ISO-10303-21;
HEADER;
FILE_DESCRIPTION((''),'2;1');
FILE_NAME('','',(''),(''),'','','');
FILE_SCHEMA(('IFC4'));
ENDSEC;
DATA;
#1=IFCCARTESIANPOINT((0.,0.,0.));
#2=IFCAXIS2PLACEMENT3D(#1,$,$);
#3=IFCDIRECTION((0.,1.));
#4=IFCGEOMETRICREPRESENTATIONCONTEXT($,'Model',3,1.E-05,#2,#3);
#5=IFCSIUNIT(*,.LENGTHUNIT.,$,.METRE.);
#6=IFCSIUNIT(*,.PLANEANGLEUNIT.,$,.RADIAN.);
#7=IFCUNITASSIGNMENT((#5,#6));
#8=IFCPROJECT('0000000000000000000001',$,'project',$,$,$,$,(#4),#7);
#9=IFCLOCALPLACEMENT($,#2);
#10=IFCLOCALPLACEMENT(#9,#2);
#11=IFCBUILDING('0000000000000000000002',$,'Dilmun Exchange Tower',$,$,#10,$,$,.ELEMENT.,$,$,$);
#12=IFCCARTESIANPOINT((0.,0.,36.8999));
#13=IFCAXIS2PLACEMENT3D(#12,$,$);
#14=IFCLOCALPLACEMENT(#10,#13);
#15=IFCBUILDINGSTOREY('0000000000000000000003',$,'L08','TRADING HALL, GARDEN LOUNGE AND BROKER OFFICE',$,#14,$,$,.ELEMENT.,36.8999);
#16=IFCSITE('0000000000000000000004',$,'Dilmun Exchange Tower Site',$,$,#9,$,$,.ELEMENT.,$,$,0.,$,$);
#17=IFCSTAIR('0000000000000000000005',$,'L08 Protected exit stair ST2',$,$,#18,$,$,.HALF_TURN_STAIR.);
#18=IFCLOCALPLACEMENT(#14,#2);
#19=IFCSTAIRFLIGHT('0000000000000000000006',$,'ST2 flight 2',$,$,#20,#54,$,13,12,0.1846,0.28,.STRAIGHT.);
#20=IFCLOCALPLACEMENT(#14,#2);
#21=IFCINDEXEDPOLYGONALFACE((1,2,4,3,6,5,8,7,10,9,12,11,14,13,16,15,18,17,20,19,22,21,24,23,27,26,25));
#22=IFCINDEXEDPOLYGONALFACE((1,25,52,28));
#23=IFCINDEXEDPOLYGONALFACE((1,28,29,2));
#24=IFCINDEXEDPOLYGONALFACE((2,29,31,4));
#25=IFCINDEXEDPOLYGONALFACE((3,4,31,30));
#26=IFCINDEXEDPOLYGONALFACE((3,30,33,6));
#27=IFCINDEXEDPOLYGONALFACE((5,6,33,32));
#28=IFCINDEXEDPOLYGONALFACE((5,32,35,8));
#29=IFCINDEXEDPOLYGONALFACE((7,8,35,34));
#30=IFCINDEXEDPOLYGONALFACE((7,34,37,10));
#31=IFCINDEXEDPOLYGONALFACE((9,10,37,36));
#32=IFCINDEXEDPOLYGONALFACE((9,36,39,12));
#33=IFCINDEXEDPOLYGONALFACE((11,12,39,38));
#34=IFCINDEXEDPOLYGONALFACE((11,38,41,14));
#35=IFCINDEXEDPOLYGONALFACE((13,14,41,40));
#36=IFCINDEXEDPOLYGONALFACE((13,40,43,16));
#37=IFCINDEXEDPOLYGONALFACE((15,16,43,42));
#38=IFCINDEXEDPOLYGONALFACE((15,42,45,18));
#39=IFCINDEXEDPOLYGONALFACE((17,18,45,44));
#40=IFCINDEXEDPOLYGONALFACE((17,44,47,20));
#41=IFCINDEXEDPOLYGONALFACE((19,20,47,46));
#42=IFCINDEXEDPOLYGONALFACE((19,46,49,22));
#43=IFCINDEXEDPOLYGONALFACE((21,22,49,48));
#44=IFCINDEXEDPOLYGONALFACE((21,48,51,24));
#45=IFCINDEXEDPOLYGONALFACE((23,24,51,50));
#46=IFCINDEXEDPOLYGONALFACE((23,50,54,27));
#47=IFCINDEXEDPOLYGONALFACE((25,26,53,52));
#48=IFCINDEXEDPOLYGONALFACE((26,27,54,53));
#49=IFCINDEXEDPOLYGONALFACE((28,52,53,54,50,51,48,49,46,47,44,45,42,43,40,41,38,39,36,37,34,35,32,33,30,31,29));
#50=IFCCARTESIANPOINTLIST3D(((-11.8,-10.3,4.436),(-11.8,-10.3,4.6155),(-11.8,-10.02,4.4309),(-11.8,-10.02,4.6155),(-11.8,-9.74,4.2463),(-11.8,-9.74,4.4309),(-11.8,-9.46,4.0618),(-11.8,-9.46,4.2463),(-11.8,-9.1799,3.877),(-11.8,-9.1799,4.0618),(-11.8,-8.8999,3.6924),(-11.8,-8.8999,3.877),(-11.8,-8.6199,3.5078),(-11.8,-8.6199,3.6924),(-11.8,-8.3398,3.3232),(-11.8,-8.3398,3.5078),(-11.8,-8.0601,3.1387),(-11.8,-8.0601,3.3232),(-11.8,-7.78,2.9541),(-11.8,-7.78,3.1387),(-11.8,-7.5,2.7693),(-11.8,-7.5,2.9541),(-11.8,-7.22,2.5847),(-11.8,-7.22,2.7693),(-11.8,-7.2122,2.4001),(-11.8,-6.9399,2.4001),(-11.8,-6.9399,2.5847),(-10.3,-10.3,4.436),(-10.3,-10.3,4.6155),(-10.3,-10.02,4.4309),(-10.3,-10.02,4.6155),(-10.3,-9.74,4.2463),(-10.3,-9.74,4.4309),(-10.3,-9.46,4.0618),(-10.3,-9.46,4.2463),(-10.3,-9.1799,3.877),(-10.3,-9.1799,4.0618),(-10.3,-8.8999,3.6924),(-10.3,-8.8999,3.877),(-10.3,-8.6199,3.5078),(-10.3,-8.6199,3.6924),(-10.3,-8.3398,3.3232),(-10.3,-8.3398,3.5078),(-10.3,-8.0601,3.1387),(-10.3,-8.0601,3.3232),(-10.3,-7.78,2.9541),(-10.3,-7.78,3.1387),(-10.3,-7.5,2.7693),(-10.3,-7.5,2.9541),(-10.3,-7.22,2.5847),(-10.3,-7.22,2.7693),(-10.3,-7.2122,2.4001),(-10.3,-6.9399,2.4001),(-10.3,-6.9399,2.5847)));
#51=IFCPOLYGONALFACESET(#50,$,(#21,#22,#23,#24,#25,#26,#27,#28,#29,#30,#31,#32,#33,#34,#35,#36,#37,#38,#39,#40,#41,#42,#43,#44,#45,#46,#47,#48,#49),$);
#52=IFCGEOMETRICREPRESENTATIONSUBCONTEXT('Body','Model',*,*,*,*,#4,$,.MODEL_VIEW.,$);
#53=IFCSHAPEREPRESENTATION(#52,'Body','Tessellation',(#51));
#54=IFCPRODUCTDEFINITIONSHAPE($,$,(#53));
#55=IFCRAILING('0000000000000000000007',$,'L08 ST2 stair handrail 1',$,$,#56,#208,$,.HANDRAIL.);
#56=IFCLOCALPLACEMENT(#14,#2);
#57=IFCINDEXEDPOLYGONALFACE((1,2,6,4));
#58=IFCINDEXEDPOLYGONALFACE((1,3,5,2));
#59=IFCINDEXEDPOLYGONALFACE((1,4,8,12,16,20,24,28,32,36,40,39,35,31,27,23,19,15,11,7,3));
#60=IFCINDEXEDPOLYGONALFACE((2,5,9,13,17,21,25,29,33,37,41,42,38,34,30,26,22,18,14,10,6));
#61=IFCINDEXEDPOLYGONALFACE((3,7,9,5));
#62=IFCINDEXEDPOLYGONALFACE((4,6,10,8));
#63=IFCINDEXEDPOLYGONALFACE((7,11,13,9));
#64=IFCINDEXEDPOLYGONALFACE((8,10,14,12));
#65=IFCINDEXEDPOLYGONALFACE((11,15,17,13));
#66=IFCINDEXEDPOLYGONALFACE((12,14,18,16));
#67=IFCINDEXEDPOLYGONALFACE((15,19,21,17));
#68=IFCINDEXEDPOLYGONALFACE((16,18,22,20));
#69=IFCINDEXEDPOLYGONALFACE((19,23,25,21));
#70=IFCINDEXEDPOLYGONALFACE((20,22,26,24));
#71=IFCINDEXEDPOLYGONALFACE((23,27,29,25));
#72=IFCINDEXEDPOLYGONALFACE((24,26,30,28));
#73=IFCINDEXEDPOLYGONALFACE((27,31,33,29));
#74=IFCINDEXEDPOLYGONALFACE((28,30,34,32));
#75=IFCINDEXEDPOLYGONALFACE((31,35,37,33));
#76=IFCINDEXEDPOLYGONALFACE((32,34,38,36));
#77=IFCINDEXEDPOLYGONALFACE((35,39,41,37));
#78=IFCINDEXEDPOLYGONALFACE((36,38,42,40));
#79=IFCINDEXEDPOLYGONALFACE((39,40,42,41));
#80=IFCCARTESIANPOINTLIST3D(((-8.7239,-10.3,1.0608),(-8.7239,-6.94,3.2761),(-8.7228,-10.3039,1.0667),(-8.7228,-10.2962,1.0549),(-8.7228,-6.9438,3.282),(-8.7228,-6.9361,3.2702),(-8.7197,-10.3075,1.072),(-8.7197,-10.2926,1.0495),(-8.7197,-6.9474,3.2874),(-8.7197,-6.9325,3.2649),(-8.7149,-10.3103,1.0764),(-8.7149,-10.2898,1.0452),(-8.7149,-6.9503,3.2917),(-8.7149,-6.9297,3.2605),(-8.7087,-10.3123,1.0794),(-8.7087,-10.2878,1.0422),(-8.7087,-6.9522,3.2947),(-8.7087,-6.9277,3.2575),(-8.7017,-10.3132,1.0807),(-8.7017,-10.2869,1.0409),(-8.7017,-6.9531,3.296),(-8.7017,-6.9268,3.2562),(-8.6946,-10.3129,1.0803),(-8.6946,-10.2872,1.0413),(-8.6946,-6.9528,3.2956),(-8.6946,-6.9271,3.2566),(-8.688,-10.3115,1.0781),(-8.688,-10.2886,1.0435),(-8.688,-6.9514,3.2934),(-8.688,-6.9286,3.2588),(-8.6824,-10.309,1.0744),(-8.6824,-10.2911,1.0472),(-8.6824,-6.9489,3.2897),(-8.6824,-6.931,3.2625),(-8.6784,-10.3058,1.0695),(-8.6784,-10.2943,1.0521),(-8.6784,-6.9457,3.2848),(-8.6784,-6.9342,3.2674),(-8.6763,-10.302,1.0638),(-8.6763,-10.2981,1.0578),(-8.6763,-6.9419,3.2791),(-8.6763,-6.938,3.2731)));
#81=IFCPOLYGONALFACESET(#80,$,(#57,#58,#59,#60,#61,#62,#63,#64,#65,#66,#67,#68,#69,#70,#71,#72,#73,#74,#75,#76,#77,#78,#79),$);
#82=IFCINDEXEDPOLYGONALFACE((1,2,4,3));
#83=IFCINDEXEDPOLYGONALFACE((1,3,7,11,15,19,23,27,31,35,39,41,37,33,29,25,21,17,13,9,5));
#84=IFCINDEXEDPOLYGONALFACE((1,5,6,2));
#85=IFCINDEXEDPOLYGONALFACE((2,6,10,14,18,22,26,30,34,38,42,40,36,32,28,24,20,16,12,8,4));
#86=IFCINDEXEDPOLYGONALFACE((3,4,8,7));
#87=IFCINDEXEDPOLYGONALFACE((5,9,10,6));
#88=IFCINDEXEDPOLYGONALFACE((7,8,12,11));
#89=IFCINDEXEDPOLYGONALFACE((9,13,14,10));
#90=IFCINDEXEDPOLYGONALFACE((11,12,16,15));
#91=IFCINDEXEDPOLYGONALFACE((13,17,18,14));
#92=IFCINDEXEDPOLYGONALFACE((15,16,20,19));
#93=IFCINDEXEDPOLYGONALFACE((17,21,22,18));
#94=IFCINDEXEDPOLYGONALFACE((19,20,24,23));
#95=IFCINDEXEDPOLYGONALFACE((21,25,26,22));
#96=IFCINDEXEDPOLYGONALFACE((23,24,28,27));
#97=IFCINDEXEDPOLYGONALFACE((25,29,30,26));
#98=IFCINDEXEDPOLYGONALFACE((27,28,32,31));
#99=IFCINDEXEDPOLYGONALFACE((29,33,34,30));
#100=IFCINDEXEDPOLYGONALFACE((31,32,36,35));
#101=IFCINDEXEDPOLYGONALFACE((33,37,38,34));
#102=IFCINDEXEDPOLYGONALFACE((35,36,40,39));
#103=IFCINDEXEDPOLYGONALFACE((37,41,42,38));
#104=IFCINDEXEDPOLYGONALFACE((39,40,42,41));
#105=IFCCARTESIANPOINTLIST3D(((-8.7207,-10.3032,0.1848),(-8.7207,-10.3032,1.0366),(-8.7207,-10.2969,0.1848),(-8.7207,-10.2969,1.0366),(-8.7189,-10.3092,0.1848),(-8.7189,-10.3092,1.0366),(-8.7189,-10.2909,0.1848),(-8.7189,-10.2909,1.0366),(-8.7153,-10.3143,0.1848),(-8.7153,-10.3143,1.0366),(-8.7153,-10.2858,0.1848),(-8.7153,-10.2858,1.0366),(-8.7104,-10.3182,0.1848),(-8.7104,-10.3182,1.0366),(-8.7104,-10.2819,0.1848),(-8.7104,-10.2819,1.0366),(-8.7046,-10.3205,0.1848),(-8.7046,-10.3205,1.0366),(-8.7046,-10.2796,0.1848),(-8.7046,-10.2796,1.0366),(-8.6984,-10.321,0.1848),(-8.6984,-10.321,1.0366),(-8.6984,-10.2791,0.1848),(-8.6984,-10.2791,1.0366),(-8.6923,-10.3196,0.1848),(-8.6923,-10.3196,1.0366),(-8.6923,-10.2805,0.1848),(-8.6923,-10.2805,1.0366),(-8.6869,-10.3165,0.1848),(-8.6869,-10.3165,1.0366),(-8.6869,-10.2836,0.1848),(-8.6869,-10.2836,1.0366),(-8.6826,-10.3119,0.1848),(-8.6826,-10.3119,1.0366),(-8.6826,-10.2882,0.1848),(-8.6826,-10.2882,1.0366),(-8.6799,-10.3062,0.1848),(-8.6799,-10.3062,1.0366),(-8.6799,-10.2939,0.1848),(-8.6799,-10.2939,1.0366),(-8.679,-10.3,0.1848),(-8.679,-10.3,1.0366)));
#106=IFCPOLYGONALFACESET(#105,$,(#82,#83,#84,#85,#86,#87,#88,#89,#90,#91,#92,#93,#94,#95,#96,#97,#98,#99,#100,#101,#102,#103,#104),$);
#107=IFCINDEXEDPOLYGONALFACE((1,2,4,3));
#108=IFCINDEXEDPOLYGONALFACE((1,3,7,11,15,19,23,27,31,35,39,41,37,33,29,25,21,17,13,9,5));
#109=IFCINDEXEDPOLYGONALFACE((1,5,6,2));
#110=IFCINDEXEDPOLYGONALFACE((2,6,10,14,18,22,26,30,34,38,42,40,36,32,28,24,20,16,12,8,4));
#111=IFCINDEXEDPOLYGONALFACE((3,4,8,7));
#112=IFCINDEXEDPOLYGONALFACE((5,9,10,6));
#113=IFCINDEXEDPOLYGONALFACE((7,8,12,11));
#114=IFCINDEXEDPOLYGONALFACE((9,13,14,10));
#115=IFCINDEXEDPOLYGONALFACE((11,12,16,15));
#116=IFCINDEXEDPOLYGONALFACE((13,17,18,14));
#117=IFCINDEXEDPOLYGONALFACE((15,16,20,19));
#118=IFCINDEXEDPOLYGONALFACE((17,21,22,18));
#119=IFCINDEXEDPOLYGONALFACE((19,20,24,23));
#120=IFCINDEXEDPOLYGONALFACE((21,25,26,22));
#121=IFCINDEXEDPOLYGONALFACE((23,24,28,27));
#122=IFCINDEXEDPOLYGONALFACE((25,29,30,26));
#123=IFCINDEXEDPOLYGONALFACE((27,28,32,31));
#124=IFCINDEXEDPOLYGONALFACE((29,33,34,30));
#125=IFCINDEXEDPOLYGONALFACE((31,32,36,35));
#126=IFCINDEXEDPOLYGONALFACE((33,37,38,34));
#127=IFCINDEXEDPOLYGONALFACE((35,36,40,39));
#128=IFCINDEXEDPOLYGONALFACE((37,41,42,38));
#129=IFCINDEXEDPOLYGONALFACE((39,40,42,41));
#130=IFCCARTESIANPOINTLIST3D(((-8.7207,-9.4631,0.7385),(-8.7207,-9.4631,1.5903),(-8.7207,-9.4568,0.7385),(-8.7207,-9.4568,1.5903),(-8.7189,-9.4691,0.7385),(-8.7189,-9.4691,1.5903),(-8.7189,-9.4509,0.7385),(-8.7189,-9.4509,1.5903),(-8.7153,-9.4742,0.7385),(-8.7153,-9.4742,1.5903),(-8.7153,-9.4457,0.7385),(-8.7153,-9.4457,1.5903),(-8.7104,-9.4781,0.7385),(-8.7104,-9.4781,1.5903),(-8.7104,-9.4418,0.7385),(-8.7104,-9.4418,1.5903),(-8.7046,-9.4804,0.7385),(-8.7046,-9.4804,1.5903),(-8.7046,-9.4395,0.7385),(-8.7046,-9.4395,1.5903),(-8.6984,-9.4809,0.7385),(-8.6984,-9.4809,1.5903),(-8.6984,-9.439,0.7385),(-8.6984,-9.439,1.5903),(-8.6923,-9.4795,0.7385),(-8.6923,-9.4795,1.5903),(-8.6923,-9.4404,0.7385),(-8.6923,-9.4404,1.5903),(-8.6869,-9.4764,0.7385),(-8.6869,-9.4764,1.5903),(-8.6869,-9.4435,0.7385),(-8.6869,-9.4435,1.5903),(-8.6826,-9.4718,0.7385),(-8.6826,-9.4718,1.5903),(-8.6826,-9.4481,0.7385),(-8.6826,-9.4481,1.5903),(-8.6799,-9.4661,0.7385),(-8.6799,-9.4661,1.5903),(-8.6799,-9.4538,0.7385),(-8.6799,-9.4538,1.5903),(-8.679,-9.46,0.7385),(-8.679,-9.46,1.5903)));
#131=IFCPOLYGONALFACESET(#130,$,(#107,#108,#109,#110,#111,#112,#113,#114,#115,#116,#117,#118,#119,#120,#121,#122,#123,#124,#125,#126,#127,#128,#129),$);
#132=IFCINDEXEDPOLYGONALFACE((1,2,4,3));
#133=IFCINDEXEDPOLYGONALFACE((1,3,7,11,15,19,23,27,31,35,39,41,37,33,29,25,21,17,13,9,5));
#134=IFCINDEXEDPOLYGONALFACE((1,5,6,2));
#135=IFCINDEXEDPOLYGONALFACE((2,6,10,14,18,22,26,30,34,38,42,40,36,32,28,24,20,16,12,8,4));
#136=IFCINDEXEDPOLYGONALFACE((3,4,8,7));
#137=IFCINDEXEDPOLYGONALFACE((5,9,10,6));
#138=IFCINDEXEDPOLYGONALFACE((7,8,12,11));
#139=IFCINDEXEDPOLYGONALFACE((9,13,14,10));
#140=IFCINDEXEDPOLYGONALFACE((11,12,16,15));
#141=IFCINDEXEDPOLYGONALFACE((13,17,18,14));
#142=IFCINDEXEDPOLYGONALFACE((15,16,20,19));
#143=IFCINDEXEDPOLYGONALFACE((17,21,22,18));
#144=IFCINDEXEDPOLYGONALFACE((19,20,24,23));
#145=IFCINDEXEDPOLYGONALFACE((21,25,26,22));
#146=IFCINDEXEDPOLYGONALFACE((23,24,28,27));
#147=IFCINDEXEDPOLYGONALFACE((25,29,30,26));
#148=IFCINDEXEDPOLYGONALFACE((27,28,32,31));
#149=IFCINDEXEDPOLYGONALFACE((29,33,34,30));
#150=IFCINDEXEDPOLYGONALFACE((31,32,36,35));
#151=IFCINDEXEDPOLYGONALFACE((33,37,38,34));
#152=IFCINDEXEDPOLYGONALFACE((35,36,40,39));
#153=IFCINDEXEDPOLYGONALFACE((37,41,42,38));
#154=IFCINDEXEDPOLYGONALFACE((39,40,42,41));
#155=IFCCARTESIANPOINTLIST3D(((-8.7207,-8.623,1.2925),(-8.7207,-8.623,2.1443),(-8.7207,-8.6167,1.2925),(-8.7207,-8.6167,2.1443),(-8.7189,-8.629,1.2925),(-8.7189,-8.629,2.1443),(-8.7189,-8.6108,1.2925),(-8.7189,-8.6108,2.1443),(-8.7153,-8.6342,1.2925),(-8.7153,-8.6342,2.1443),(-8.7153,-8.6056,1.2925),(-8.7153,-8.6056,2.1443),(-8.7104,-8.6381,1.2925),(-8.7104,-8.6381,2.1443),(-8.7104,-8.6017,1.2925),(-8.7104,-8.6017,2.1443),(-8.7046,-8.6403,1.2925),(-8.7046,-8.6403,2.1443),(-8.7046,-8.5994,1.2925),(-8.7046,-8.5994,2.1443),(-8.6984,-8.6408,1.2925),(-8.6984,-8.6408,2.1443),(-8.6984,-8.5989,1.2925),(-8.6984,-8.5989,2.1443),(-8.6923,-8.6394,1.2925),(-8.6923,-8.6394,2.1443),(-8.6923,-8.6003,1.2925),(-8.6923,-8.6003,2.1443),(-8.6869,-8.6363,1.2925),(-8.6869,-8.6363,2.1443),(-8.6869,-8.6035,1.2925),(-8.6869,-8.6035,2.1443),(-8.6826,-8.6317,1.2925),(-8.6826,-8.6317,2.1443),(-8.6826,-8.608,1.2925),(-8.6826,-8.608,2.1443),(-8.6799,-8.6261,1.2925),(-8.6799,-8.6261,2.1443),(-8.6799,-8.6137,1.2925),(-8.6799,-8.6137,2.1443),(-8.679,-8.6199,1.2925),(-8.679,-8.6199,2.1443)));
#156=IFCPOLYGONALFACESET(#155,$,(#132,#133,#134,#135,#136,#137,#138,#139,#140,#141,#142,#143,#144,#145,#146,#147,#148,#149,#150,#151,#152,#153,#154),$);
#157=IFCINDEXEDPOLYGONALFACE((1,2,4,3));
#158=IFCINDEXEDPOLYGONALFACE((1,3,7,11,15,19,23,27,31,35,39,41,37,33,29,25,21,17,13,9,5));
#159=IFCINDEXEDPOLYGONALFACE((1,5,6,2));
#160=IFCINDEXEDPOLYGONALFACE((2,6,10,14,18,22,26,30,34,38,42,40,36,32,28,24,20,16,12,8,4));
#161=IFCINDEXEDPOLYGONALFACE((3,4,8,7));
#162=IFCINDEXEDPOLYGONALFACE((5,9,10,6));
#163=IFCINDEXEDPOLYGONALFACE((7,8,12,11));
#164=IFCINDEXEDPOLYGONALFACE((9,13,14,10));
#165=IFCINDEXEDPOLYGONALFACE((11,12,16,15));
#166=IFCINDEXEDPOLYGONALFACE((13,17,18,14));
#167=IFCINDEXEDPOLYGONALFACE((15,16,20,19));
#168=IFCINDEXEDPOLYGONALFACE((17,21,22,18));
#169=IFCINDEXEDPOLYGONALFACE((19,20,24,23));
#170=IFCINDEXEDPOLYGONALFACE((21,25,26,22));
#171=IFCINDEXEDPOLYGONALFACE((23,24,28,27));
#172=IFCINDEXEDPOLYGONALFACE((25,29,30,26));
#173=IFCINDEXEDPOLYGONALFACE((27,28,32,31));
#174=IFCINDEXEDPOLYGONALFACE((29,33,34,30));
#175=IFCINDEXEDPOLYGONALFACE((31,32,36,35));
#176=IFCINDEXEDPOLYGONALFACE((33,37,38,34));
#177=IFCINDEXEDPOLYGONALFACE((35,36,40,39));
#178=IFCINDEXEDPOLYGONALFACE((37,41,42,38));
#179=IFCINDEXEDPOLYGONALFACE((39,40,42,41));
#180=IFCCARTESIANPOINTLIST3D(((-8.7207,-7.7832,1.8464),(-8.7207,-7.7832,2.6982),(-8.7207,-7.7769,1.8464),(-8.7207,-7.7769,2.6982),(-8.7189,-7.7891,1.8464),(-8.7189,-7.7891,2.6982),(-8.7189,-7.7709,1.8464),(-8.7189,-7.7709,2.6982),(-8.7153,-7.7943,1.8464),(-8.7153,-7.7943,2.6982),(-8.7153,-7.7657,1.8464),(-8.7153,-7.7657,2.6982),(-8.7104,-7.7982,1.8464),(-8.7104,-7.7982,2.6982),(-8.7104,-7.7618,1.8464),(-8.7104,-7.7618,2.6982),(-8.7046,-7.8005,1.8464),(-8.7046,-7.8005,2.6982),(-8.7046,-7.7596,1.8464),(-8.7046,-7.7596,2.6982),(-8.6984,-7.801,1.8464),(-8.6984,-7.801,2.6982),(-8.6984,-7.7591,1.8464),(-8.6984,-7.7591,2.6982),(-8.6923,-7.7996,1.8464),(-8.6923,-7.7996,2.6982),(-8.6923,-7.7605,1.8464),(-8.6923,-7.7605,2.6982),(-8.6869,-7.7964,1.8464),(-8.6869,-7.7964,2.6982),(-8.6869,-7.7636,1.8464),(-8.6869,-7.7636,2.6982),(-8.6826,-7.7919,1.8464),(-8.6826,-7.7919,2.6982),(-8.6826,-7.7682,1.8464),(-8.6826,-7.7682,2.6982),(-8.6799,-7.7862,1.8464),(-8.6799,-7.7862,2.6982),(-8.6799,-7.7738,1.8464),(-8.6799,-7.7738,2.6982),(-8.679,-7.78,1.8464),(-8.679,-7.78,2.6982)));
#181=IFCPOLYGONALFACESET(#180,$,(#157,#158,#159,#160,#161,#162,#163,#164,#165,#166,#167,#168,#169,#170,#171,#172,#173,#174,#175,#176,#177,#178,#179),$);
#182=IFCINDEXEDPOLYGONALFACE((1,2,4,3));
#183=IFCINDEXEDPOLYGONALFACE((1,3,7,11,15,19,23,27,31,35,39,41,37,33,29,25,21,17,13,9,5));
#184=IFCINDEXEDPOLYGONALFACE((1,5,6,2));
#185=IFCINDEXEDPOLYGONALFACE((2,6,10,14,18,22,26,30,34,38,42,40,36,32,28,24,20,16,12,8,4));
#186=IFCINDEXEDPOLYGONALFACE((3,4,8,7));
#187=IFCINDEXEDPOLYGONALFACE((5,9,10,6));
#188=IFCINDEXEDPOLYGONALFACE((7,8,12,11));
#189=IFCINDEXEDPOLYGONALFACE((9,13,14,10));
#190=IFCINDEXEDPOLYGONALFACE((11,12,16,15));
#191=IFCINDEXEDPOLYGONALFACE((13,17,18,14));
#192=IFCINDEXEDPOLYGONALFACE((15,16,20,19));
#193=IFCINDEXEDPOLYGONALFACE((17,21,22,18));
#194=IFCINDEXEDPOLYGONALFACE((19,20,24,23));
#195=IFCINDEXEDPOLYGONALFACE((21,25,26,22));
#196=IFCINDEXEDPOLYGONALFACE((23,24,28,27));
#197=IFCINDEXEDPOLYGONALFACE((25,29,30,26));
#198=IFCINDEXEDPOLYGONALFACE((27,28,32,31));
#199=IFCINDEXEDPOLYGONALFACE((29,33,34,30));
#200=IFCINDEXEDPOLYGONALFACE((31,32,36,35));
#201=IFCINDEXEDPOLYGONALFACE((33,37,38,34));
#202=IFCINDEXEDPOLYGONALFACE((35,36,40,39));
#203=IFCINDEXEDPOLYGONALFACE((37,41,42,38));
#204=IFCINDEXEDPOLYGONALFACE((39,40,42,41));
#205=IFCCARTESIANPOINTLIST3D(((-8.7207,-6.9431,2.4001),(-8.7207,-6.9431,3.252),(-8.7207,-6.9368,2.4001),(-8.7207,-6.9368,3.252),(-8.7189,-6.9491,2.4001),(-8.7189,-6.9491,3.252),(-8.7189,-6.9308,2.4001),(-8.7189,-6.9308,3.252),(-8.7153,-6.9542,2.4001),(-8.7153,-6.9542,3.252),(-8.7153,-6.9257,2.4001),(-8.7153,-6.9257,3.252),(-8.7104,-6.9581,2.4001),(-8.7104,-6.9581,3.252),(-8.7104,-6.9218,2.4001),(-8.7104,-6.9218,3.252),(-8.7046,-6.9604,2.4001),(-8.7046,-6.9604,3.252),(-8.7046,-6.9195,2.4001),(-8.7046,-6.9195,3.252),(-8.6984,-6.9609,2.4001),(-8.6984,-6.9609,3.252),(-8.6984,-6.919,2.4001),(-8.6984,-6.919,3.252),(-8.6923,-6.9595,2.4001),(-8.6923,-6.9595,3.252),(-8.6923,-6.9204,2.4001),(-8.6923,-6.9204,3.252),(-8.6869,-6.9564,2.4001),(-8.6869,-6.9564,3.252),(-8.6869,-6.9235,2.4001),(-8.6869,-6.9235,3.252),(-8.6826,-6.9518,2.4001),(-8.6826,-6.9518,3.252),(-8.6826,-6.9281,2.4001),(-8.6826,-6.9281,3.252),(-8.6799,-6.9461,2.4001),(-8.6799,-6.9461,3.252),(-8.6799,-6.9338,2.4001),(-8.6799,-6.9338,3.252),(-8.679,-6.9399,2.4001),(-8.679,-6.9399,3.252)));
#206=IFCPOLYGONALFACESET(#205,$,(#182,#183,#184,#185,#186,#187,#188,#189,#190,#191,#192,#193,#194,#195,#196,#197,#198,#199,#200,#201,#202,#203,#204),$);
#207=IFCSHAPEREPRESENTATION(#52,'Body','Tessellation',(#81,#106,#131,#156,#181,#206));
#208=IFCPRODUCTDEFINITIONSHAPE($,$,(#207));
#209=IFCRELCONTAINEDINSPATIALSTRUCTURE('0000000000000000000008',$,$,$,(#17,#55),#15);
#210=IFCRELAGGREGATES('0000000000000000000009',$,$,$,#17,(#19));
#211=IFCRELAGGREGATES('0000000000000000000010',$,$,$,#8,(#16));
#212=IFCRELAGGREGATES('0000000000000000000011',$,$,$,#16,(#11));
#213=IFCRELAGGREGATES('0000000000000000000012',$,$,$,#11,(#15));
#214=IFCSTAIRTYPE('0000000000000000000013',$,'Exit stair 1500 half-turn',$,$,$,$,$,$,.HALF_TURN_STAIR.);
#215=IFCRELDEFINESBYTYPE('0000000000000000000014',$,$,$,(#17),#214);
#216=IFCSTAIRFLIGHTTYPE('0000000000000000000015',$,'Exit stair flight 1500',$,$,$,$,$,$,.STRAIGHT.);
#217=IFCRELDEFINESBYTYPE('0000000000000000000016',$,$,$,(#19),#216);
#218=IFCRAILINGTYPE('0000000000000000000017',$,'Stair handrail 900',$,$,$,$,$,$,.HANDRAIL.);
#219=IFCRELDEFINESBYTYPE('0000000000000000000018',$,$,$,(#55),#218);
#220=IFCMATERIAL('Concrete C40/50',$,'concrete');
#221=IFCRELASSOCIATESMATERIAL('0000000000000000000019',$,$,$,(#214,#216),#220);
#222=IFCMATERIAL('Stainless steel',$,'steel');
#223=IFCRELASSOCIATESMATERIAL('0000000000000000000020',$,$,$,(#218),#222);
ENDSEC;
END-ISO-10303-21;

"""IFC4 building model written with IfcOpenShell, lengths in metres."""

from ifc_helpers import new_model, si_unit, direction, frame, origin, origin_2d, place, context, subcontext, project, spatial, polyline, circle, outline, extrude, material, type_object, element, aggregate, save


model = new_model("IFC4")

# Units and contexts
model_context = context("Model", 3, precision=1e-05, world=origin(), true_north=direction((0.0, 1.0)))
body_context = subcontext(model_context, "Body", "Model", "MODEL_VIEW")
ifc_project = project(units=[si_unit("LENGTHUNIT", "METRE"), si_unit("PLANEANGLEUNIT", "RADIAN")], contexts=[model_context])

# Site, building, storey
site_placement = place(None, origin())
site = spatial("IfcSite", under=ifc_project, at=site_placement, Name="Dilmun Exchange Tower Site", CompositionType="ELEMENT", RefElevation=0.0)
building_placement = place(site_placement, origin())
building = spatial("IfcBuilding", under=site, at=building_placement, Name="Dilmun Exchange Tower", CompositionType="ELEMENT")
storey_placement = place(building_placement, frame((0.0, 0.0, 36.8999)))
storey = spatial("IfcBuildingStorey", under=building, at=storey_placement, Name="L08", Description="TRADING HALL, GARDEN LOUNGE AND BROKER OFFICE", CompositionType="ELEMENT", Elevation=36.8999)

# Shared definitions
ifc_material_1 = material(Name="Concrete C40/50", Category="concrete")

# Stair, stair flight
stair_type = type_object("IfcStairType", Name="Exit stair 1500 half-turn", PredefinedType="HALF_TURN_STAIR", material=ifc_material_1)
stair_placement = place(storey_placement, origin())
stair = element("IfcStair", 1, at=stair_placement, inside=storey, type_object=stair_type, Name="L08 Protected exit stair ST2", PredefinedType="HALF_TURN_STAIR")
stair_flight_type = type_object("IfcStairFlightType", Name="Exit stair flight 1500", PredefinedType="STRAIGHT", material=ifc_material_1)
stair_flight_placement = place(storey_placement, frame((-11.05, -6.9399, 2.4001), z_axis=(0.0, 0.0, 1.0), x_axis=(0.0, -1.0, 0.0)))
stair_flight = element("IfcStairFlight", 2, at=stair_flight_placement, type_object=stair_flight_type, Name="ST2 flight 2", NumberOfRisers=13, NumberOfTreads=12, PredefinedType="STRAIGHT", RiserHeight=0.1846, TreadLength=0.28, context=body_context, shape_type="SweptSolid", body=[
    extrude(outline(polyline([(0.0, 0.0), (0.0, 0.1846), (0.28, 0.1846), (0.28, 0.3691), (0.5601, 0.3691), (0.5601, 0.554), (0.8401, 0.554), (0.8401, 0.7385), (1.1201, 0.7385), (1.1201, 0.9231), (1.3999, 0.9231), (1.3999, 1.1077), (1.6799, 1.1077), (1.6799, 1.2922), (1.96, 1.2922), (1.96, 1.4768), (2.24, 1.4768), (2.24, 1.6616), (2.52, 1.6616), (2.52, 1.8462), (2.8, 1.8462), (2.8, 2.0308), (3.0801, 2.0308), (3.0801, 2.2153), (3.3601, 2.2153), (3.3601, 2.3999), (3.3601, 2.0359), (0.2722, 0.0), (0.0, 0.0)])), frame((0.0, 0.75, 0.0), z_axis=(0.0, -1.0, 0.0), x_axis=(1.0, 0.0, 0.0)), (0.0, 0.0, 1.0), 1.5),
])
aggregate(stair, [stair_flight])

# Railing
ifc_material_2 = material(Name="Stainless steel", Category="steel")
railing_type = type_object("IfcRailingType", Name="Stair handrail 900", PredefinedType="HANDRAIL", material=ifc_material_2)
railing_1_placement = place(storey_placement, frame((-8.7, -10.3, 0.1848)))
element("IfcRailing", 3, at=railing_1_placement, inside=storey, type_object=railing_type, Name="L08 ST2 stair handrail 1", PredefinedType="HANDRAIL", context=body_context, shape_type="SweptSolid", body=[
    extrude(circle(Radius=0.0239, at=origin_2d()), frame((0.0, 0.0, 0.876), z_axis=(0.0, 0.834876, 0.550437), x_axis=(-1.0, 0.0, 0.0)), (0.0, 0.0, 1.0), 4.0247),
    extrude(circle(Radius=0.021, at=origin_2d()), origin(), (0.0, 0.0, 1.0), 0.8518),
    extrude(circle(Radius=0.021, at=origin_2d()), frame((0.0, 0.8401, 0.5537)), (0.0, 0.0, 1.0), 0.8518),
    extrude(circle(Radius=0.021, at=origin_2d()), frame((0.0, 1.6802, 1.1077)), (0.0, 0.0, 1.0), 0.8518),
    extrude(circle(Radius=0.021, at=origin_2d()), frame((0.0, 2.52, 1.6616)), (0.0, 0.0, 1.0), 0.8518),
    extrude(circle(Radius=0.021, at=origin_2d()), frame((0.0, 3.3601, 2.2153)), (0.0, 0.0, 1.0), 0.8518),
])

save(model, "model.ifc")
